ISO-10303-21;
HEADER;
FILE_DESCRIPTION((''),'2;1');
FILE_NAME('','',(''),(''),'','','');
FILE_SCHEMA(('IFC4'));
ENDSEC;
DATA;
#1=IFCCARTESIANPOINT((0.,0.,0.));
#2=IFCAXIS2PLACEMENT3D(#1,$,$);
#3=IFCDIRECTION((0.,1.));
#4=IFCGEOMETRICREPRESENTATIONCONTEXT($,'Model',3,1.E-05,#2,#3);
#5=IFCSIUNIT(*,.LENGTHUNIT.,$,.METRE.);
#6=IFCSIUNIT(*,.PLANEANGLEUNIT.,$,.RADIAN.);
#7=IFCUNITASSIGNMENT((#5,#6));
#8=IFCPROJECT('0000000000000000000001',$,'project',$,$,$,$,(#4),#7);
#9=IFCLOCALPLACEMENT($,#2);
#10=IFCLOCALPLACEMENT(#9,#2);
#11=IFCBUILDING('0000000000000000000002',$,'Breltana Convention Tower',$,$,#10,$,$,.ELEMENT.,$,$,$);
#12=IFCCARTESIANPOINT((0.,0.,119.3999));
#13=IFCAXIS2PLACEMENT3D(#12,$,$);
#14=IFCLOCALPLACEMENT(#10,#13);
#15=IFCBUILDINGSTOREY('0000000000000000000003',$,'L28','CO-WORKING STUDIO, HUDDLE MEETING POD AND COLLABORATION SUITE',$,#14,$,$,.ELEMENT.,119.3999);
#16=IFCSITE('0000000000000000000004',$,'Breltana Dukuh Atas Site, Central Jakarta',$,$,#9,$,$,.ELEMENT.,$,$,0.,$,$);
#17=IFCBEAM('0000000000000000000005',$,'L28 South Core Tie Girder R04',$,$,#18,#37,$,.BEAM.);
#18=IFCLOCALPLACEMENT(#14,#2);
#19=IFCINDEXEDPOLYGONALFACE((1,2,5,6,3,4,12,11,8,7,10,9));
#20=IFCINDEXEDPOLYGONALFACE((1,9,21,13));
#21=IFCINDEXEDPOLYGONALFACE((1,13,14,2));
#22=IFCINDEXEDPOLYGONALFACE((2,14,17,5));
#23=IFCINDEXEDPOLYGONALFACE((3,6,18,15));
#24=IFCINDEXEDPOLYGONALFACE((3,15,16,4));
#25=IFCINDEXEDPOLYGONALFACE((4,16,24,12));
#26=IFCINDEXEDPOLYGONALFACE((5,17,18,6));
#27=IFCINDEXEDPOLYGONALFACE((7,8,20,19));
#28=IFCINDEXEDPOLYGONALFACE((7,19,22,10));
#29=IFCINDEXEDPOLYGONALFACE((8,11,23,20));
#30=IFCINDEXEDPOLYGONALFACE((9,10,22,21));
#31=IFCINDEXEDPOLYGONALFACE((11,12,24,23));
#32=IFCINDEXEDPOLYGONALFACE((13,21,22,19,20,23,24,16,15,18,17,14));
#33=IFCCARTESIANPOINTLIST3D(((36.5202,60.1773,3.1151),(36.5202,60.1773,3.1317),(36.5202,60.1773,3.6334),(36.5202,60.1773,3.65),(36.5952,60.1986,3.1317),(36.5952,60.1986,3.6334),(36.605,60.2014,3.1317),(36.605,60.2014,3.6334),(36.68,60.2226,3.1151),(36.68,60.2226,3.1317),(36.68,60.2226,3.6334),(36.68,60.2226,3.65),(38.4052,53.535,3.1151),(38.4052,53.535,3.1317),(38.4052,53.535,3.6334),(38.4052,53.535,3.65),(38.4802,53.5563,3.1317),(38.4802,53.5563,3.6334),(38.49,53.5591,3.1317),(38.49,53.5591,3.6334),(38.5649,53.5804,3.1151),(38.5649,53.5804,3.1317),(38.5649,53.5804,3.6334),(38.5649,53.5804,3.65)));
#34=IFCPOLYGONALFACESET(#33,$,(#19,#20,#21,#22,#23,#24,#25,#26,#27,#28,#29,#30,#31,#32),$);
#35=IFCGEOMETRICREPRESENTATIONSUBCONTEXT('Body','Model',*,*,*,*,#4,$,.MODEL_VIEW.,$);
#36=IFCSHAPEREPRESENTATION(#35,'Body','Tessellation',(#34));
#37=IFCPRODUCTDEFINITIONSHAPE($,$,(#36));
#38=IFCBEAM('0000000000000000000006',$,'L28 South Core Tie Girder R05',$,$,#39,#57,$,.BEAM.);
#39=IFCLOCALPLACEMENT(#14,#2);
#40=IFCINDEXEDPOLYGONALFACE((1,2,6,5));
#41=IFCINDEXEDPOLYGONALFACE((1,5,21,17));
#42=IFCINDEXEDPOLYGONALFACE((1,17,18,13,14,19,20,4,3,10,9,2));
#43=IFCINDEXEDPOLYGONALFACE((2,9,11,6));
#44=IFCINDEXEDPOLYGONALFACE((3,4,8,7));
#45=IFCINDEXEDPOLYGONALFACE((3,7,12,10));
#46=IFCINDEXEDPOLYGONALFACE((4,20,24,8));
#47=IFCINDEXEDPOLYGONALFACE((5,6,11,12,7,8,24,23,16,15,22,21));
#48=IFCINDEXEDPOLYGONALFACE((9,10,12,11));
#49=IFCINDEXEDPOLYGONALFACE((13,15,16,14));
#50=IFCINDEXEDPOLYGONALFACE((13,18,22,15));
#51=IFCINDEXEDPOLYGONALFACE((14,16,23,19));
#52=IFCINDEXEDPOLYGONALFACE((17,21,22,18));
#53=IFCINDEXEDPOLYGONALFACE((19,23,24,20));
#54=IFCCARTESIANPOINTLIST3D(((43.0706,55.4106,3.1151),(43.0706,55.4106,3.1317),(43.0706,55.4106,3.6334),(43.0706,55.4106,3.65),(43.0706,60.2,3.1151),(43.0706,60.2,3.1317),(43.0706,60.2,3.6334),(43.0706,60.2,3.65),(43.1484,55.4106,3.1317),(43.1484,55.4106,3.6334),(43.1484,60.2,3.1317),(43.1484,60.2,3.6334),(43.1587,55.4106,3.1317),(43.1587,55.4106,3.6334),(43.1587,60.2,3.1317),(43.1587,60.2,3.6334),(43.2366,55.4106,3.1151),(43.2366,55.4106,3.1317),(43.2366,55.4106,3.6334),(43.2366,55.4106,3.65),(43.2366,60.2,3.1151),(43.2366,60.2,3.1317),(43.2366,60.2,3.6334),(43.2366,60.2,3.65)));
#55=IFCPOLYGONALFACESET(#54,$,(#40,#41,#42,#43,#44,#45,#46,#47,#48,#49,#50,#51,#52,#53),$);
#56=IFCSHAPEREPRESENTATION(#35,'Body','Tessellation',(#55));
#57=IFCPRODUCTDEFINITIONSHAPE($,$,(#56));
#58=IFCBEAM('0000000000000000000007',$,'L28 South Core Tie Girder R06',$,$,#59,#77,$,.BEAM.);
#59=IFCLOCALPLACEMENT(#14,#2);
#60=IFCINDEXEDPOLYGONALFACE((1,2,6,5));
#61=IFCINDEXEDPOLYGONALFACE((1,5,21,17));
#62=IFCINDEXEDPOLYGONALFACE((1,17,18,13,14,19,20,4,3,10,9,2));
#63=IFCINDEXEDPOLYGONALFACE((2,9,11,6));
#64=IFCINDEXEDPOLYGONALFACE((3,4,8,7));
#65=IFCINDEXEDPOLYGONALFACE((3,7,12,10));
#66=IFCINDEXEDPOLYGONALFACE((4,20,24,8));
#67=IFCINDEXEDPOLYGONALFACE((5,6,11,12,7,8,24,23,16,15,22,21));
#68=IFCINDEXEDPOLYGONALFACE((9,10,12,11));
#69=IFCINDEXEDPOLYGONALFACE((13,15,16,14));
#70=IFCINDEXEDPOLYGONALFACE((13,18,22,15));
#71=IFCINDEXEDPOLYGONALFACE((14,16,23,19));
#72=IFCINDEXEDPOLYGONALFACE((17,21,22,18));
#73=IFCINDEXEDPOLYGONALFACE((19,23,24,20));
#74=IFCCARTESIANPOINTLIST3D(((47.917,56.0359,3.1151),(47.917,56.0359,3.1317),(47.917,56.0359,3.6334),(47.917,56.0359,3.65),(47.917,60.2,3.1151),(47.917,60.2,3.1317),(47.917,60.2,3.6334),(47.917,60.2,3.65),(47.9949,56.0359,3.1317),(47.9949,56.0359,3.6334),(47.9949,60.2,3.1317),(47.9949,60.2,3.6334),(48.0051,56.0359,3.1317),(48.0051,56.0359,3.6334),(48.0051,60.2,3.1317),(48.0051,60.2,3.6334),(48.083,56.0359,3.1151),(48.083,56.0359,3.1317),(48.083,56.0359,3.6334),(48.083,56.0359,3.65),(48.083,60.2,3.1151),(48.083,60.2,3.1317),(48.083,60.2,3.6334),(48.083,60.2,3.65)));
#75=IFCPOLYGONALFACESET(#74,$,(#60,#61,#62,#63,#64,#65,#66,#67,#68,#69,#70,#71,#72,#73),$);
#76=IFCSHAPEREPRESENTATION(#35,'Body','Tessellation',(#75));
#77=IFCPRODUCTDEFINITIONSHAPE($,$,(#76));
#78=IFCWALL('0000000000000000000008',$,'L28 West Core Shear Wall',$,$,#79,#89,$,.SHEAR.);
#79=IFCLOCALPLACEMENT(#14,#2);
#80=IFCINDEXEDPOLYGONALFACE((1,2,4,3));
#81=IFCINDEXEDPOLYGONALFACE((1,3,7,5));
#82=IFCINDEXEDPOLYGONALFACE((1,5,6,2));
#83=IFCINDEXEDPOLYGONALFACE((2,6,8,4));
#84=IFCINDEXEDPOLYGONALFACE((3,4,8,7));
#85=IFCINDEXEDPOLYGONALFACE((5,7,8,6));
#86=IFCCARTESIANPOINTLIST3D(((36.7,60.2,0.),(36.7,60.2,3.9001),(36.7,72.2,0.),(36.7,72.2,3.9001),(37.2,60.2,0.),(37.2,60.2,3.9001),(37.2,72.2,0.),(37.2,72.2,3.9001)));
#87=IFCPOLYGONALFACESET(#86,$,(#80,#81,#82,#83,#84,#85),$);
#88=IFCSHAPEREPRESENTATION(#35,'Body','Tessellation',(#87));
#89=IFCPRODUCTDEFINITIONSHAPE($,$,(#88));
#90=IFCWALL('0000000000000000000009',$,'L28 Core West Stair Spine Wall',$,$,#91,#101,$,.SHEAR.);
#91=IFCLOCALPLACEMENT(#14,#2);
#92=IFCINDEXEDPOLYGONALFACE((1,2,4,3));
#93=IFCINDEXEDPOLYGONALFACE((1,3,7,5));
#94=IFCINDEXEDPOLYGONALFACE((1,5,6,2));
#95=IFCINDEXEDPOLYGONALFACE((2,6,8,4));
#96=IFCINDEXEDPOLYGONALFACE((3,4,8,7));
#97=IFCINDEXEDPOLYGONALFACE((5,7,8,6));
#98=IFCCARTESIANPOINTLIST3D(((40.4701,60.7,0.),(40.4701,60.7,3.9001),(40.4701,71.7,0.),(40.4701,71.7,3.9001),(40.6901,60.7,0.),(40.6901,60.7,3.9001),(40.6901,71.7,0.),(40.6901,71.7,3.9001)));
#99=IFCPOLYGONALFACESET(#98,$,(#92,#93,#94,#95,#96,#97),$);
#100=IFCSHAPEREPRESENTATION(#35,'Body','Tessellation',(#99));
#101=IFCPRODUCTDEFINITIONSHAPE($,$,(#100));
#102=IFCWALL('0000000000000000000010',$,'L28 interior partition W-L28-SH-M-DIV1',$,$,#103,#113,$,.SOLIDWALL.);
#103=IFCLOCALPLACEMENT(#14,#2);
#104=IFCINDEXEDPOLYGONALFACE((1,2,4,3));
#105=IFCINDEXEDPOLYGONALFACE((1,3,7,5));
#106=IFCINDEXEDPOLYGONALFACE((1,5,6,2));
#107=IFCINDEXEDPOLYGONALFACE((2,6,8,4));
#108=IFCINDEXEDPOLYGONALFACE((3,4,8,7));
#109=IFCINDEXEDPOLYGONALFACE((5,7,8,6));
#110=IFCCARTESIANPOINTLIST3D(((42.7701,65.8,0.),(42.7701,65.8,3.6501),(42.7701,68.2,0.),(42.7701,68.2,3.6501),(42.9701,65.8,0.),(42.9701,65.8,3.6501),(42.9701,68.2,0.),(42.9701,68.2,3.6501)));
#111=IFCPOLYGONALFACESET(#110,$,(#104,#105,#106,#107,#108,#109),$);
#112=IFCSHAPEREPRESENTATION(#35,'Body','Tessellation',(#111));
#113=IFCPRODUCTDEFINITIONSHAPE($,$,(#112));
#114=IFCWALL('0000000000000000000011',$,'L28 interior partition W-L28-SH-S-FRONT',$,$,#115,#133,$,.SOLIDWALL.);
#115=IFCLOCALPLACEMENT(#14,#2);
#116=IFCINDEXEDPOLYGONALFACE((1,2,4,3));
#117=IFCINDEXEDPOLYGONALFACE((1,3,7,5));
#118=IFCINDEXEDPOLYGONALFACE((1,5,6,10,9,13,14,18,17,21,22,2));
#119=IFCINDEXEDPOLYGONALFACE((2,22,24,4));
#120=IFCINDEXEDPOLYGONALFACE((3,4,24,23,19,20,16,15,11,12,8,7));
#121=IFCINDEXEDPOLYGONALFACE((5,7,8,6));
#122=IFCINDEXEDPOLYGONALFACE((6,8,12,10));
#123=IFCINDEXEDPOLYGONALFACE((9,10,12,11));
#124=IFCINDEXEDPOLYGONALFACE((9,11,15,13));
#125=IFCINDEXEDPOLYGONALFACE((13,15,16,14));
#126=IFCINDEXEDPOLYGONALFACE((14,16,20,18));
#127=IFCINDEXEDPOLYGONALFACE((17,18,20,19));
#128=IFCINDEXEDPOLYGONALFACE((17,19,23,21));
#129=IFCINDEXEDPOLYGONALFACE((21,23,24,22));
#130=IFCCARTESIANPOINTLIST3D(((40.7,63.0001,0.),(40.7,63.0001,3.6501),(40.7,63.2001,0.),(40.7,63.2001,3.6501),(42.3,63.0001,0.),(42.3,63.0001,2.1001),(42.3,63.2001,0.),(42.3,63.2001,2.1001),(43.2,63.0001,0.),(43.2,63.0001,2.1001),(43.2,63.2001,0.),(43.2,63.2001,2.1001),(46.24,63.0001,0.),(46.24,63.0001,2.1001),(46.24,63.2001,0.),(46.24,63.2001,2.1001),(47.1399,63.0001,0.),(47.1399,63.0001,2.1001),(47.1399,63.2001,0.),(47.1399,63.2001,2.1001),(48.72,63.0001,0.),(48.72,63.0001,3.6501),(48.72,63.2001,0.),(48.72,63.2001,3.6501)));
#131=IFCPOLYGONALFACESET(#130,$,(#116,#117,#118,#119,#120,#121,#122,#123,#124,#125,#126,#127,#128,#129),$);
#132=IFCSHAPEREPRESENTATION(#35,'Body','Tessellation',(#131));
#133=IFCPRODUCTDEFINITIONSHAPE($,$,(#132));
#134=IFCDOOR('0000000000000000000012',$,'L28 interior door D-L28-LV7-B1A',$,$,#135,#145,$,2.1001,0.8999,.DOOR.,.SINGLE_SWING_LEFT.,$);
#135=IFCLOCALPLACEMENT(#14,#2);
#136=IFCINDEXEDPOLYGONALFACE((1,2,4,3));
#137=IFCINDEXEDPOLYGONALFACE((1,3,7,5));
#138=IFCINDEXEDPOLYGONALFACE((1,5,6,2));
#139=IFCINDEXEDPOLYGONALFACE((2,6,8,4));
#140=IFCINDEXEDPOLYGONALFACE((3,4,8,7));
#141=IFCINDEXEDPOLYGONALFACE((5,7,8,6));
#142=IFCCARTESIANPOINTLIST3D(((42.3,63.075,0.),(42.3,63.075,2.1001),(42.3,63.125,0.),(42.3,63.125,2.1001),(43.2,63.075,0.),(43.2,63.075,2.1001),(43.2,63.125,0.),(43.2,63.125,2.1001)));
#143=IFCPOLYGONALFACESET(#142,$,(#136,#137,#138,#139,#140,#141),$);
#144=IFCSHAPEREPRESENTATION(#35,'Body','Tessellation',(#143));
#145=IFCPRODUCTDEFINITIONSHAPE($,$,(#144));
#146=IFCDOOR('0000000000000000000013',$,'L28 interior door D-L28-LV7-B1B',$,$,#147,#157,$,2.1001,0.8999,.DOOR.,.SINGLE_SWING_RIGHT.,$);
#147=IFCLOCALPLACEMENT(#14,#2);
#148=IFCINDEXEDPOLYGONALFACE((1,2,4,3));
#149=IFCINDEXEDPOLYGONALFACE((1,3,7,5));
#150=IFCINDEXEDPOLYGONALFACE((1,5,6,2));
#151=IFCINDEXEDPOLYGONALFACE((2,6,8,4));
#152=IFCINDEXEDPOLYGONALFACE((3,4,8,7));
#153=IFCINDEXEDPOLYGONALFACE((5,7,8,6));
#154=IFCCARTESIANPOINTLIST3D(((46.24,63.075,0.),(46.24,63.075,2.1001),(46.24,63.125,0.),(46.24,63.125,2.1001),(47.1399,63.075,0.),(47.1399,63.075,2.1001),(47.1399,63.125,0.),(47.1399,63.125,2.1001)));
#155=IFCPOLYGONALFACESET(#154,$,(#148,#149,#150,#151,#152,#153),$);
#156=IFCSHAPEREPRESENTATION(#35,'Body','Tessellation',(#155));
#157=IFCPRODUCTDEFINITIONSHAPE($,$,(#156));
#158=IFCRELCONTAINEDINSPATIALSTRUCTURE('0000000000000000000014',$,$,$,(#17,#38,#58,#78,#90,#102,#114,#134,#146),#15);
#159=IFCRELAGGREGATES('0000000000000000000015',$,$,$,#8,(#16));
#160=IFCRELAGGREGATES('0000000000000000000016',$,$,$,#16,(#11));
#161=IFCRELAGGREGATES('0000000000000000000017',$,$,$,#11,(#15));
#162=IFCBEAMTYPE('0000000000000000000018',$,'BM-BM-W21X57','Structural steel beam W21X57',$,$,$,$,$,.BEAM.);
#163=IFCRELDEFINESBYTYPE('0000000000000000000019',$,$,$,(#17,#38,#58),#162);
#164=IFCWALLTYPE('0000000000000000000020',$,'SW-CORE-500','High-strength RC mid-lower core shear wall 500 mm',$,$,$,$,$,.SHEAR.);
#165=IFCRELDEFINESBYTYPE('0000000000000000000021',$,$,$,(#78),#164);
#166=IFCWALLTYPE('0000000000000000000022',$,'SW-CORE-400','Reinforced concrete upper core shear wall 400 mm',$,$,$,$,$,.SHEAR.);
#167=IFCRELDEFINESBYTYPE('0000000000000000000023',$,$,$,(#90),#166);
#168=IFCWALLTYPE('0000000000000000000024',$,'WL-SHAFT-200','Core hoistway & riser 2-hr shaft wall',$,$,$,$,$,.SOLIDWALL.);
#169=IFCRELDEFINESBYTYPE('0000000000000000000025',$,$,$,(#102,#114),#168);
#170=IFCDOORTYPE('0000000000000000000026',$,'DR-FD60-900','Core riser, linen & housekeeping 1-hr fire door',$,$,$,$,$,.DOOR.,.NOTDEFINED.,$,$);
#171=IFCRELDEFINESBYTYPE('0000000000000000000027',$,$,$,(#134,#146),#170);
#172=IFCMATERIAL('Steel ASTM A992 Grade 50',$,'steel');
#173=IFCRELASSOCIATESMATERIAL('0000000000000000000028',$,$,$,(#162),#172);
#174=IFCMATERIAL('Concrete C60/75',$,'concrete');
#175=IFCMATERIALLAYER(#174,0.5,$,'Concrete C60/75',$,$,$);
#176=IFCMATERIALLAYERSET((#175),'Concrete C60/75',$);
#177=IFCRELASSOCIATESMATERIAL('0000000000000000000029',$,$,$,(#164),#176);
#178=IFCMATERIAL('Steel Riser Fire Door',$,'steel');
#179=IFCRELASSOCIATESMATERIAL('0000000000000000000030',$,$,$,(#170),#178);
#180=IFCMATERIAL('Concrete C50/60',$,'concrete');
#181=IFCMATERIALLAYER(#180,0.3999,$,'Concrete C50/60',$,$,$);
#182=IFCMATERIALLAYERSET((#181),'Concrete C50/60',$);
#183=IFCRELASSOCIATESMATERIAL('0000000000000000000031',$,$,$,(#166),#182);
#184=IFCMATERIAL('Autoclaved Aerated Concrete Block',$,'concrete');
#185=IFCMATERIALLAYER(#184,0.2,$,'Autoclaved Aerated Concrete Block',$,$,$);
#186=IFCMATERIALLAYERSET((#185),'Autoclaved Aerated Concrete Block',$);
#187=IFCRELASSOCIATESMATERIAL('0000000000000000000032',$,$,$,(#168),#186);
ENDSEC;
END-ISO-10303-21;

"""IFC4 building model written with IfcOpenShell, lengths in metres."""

from ifc_helpers import new_model, si_unit, direction, frame, frame_2d, origin, origin_2d, place, context, subcontext, project, spatial, rectangle, i_section, extrude, source, transform, mapped, material, layer, layer_set, material_profile, profile_set, type_object, type_shapes, element, fill, save


model = new_model("IFC4")

# Units and contexts
model_context = context("Model", 3, precision=1e-05, world=origin(), true_north=direction((0.0, 1.0)))
body_context = subcontext(model_context, "Body", "Model", "MODEL_VIEW")
ifc_project = project(units=[si_unit("LENGTHUNIT", "METRE"), si_unit("PLANEANGLEUNIT", "RADIAN")], contexts=[model_context])

# Site, building, storey
site_placement = place(None, origin())
site = spatial("IfcSite", under=ifc_project, at=site_placement, Name="Breltana Dukuh Atas Site, Central Jakarta", CompositionType="ELEMENT", RefElevation=0.0)
building_placement = place(site_placement, origin())
building = spatial("IfcBuilding", under=site, at=building_placement, Name="Breltana Convention Tower", CompositionType="ELEMENT")
storey_placement = place(building_placement, frame((0.0, 0.0, 119.3999)))
storey = spatial("IfcBuildingStorey", under=building, at=storey_placement, Name="L28", Description="CO-WORKING STUDIO, HUDDLE MEETING POD AND COLLABORATION SUITE", CompositionType="ELEMENT", Elevation=119.3999)

# Beams
ifc_material_1 = material(Name="Steel ASTM A992 Grade 50", Category="steel")
ifc_material_profile = material_profile(ifc_material_1, i_section(OverallWidth=0.166, OverallDepth=0.5349, WebThickness=0.0103, FlangeThickness=0.0166, at=origin_2d()), Name="W21X57")
ifc_profile_set = profile_set([ifc_material_profile], Name="Steel ASTM A992 Grade 50")
beam_type = type_object("IfcBeamType", Name="BM-BM-W21X57", Description="Structural steel beam W21X57", PredefinedType="BEAM", material=ifc_profile_set)
shared_shape_1 = source(origin(), body_context, "Body", "SweptSolid", [
    extrude(i_section(OverallWidth=0.166, OverallDepth=0.5349, WebThickness=0.0103, FlangeThickness=0.0166, at=origin_2d()), origin(), (0.0, 0.0, 1.0), 6.9045),
])
type_shapes(beam_type, [shared_shape_1])
beam_1_placement = place(storey_placement, frame((36.6001, 60.2, 3.3826), z_axis=(0.273007, -0.962012, 0.0), x_axis=(0.962012, 0.273007, 0.0)))
element("IfcBeam", 1, at=beam_1_placement, inside=storey, type_object=beam_type, Name="L28 South Core Tie Girder R04", PredefinedType="BEAM", context=body_context, shape_type="MappedRepresentation", body=[
    mapped(shared_shape_1, transform((0.0, 0.0, 0.0), scale=1.0)),
])
shared_shape_2 = source(origin(), body_context, "Body", "SweptSolid", [
    extrude(i_section(OverallWidth=0.166, OverallDepth=0.5349, WebThickness=0.0103, FlangeThickness=0.0166, at=origin_2d()), origin(), (0.0, 0.0, 1.0), 4.7893),
])
beam_2_placement = place(storey_placement, frame((43.1536, 60.2, 3.3826), z_axis=(0.0, -1.0, 0.0), x_axis=(1.0, 0.0, 0.0)))
element("IfcBeam", 2, at=beam_2_placement, inside=storey, type_object=beam_type, Name="L28 South Core Tie Girder R05", PredefinedType="BEAM", context=body_context, shape_type="MappedRepresentation", body=[
    mapped(shared_shape_2, transform((0.0, 0.0, 0.0), scale=1.0)),
])
shared_shape_3 = source(origin(), body_context, "Body", "SweptSolid", [
    extrude(i_section(OverallWidth=0.166, OverallDepth=0.5349, WebThickness=0.0103, FlangeThickness=0.0166, at=origin_2d()), origin(), (0.0, 0.0, 1.0), 4.1641),
])
beam_3_placement = place(storey_placement, frame((48.0, 60.2, 3.3826), z_axis=(0.0, -1.0, 0.0), x_axis=(1.0, 0.0, 0.0)))
element("IfcBeam", 3, at=beam_3_placement, inside=storey, type_object=beam_type, Name="L28 South Core Tie Girder R06", PredefinedType="BEAM", context=body_context, shape_type="MappedRepresentation", body=[
    mapped(shared_shape_3, transform((0.0, 0.0, 0.0), scale=1.0)),
])

# Wall
ifc_material_2 = material(Name="Concrete C60/75", Category="concrete")
ifc_layer_1 = layer(ifc_material_2, 0.5, Name="Concrete C60/75")
ifc_layer_set_1 = layer_set([ifc_layer_1], Name="Concrete C60/75")
wall_type_1 = type_object("IfcWallType", Name="SW-CORE-500", Description="High-strength RC mid-lower core shear wall 500 mm", PredefinedType="SHEAR", material=ifc_layer_set_1)
shared_shape_4 = source(origin(), body_context, "Body", "SweptSolid", [
    extrude(rectangle(XDim=12.0, YDim=0.5, at=frame_2d((6.0, 0.0))), origin(), (0.0, 0.0, 1.0), 3.9001),
])
wall_1_placement = place(storey_placement, frame((36.95, 60.2, 0.0), z_axis=(0.0, 0.0, 1.0), x_axis=(0.0, 1.0, 0.0)))
element("IfcWall", 4, at=wall_1_placement, inside=storey, type_object=wall_type_1, Name="L28 West Core Shear Wall", PredefinedType="SHEAR", context=body_context, shape_type="MappedRepresentation", body=[
    mapped(shared_shape_4, transform((0.0, 0.0, 0.0), scale=1.0)),
])

# Shared definitions
ifc_material_3 = material(Name="Steel Riser Fire Door", Category="steel")
door_type_1 = type_object("IfcDoorType", Name="DR-FD60-900", Description="Core riser, linen & housekeeping 1-hr fire door", OperationType="NOTDEFINED", PredefinedType="DOOR", material=ifc_material_3)
shared_shape_5 = source(origin(), body_context, "Body", "SweptSolid", [
    extrude(rectangle(XDim=0.8999, YDim=2.1001, at=frame_2d((0.45, 1.05))), frame((0.0, 0.0249, 0.0), z_axis=(0.0, -1.0, 0.0), x_axis=(1.0, 0.0, 0.0)), (0.0, 0.0, 1.0), 0.05),
])
type_shapes(door_type_1, [shared_shape_5])

# Walls
ifc_material_4 = material(Name="Concrete C50/60", Category="concrete")
ifc_layer_2 = layer(ifc_material_4, 0.3999, Name="Concrete C50/60")
ifc_layer_set_2 = layer_set([ifc_layer_2], Name="Concrete C50/60")
wall_type_2 = type_object("IfcWallType", Name="SW-CORE-400", Description="Reinforced concrete upper core shear wall 400 mm", PredefinedType="SHEAR", material=ifc_layer_set_2)
shared_shape_6 = source(origin(), body_context, "Body", "SweptSolid", [
    extrude(rectangle(XDim=11.0, YDim=0.22, at=frame_2d((5.5, 0.0))), origin(), (0.0, 0.0, 1.0), 3.9001),
])
wall_2_placement = place(storey_placement, frame((40.5801, 60.7, 0.0), z_axis=(0.0, 0.0, 1.0), x_axis=(0.0, 1.0, 0.0)))
element("IfcWall", 5, at=wall_2_placement, inside=storey, type_object=wall_type_2, Name="L28 Core West Stair Spine Wall", PredefinedType="SHEAR", context=body_context, shape_type="MappedRepresentation", body=[
    mapped(shared_shape_6, transform((0.0, 0.0, 0.0), scale=1.0)),
])
ifc_material_5 = material(Name="Autoclaved Aerated Concrete Block", Category="concrete")
ifc_layer_3 = layer(ifc_material_5, 0.2, Name="Autoclaved Aerated Concrete Block")
ifc_layer_set_3 = layer_set([ifc_layer_3], Name="Autoclaved Aerated Concrete Block")
wall_type_3 = type_object("IfcWallType", Name="WL-SHAFT-200", Description="Core hoistway & riser 2-hr shaft wall", PredefinedType="SOLIDWALL", material=ifc_layer_set_3)
shared_shape_7 = source(origin(), body_context, "Body", "SweptSolid", [
    extrude(rectangle(XDim=2.3999, YDim=0.2, at=frame_2d((1.2, 0.0))), origin(), (0.0, 0.0, 1.0), 3.6501),
])
wall_3_placement = place(storey_placement, frame((42.8701, 65.8, 0.0), z_axis=(0.0, 0.0, 1.0), x_axis=(0.0, 1.0, 0.0)))
element("IfcWall", 6, at=wall_3_placement, inside=storey, type_object=wall_type_3, Name="L28 interior partition W-L28-SH-M-DIV1", PredefinedType="SOLIDWALL", context=body_context, shape_type="MappedRepresentation", body=[
    mapped(shared_shape_7, transform((0.0, 0.0, 0.0), scale=1.0)),
])

# Wall, openings, doors
shared_shape_8 = source(origin(), body_context, "Body", "SweptSolid", [
    extrude(rectangle(XDim=8.02, YDim=0.2, at=frame_2d((4.01, 0.0))), origin(), (0.0, 0.0, 1.0), 3.6501),
])
wall_4_placement = place(storey_placement, frame((40.7, 63.1001, 0.0), z_axis=(0.0, 0.0, 1.0), x_axis=(1.0, 0.0, 0.0)))
wall_4 = element("IfcWall", 7, at=wall_4_placement, inside=storey, type_object=wall_type_3, Name="L28 interior partition W-L28-SH-S-FRONT", PredefinedType="SOLIDWALL", context=body_context, shape_type="MappedRepresentation", body=[
    mapped(shared_shape_8, transform((0.0, 0.0, 0.0), scale=1.0)),
])
opening_1_placement = place(wall_4_placement, frame((1.6001, 0.0, 0.0)))
opening_1 = element("IfcOpeningElement", 8, at=opening_1_placement, cuts=wall_4, PredefinedType="OPENING", context=body_context, shape_type="SweptSolid", body=[
    extrude(rectangle(XDim=0.8999, YDim=2.1001, at=frame_2d((0.45, 1.05))), frame((0.0, 0.1099, 0.0), z_axis=(0.0, -1.0, 0.0), x_axis=(1.0, 0.0, 0.0)), (0.0, 0.0, 1.0), 0.22),
])
opening_2_placement = place(wall_4_placement, frame((5.54, 0.0, 0.0)))
opening_2 = element("IfcOpeningElement", 9, at=opening_2_placement, cuts=wall_4, PredefinedType="OPENING", context=body_context, shape_type="SweptSolid", body=[
    extrude(rectangle(XDim=0.8999, YDim=2.1001, at=frame_2d((0.45, 1.05))), frame((0.0, 0.1099, 0.0), z_axis=(0.0, -1.0, 0.0), x_axis=(1.0, 0.0, 0.0)), (0.0, 0.0, 1.0), 0.22),
])
door_1_placement = place(opening_1_placement, origin())
door_1 = element("IfcDoor", 10, at=door_1_placement, inside=storey, type_object=door_type_1, Name="L28 interior door D-L28-LV7-B1A", OperationType="SINGLE_SWING_LEFT", OverallHeight=2.1001, OverallWidth=0.8999, PredefinedType="DOOR", context=body_context, shape_type="MappedRepresentation", body=[
    mapped(shared_shape_5, transform((0.0, 0.0, 0.0), scale=1.0)),
])
fill(opening_1, door_1)
door_2_placement = place(opening_2_placement, origin())
door_2 = element("IfcDoor", 11, at=door_2_placement, inside=storey, type_object=door_type_1, Name="L28 interior door D-L28-LV7-B1B", OperationType="SINGLE_SWING_RIGHT", OverallHeight=2.1001, OverallWidth=0.8999, PredefinedType="DOOR", context=body_context, shape_type="MappedRepresentation", body=[
    mapped(shared_shape_5, transform((0.0, 0.0, 0.0), scale=1.0)),
])
fill(opening_2, door_2)

save(model, "model.ifc")
